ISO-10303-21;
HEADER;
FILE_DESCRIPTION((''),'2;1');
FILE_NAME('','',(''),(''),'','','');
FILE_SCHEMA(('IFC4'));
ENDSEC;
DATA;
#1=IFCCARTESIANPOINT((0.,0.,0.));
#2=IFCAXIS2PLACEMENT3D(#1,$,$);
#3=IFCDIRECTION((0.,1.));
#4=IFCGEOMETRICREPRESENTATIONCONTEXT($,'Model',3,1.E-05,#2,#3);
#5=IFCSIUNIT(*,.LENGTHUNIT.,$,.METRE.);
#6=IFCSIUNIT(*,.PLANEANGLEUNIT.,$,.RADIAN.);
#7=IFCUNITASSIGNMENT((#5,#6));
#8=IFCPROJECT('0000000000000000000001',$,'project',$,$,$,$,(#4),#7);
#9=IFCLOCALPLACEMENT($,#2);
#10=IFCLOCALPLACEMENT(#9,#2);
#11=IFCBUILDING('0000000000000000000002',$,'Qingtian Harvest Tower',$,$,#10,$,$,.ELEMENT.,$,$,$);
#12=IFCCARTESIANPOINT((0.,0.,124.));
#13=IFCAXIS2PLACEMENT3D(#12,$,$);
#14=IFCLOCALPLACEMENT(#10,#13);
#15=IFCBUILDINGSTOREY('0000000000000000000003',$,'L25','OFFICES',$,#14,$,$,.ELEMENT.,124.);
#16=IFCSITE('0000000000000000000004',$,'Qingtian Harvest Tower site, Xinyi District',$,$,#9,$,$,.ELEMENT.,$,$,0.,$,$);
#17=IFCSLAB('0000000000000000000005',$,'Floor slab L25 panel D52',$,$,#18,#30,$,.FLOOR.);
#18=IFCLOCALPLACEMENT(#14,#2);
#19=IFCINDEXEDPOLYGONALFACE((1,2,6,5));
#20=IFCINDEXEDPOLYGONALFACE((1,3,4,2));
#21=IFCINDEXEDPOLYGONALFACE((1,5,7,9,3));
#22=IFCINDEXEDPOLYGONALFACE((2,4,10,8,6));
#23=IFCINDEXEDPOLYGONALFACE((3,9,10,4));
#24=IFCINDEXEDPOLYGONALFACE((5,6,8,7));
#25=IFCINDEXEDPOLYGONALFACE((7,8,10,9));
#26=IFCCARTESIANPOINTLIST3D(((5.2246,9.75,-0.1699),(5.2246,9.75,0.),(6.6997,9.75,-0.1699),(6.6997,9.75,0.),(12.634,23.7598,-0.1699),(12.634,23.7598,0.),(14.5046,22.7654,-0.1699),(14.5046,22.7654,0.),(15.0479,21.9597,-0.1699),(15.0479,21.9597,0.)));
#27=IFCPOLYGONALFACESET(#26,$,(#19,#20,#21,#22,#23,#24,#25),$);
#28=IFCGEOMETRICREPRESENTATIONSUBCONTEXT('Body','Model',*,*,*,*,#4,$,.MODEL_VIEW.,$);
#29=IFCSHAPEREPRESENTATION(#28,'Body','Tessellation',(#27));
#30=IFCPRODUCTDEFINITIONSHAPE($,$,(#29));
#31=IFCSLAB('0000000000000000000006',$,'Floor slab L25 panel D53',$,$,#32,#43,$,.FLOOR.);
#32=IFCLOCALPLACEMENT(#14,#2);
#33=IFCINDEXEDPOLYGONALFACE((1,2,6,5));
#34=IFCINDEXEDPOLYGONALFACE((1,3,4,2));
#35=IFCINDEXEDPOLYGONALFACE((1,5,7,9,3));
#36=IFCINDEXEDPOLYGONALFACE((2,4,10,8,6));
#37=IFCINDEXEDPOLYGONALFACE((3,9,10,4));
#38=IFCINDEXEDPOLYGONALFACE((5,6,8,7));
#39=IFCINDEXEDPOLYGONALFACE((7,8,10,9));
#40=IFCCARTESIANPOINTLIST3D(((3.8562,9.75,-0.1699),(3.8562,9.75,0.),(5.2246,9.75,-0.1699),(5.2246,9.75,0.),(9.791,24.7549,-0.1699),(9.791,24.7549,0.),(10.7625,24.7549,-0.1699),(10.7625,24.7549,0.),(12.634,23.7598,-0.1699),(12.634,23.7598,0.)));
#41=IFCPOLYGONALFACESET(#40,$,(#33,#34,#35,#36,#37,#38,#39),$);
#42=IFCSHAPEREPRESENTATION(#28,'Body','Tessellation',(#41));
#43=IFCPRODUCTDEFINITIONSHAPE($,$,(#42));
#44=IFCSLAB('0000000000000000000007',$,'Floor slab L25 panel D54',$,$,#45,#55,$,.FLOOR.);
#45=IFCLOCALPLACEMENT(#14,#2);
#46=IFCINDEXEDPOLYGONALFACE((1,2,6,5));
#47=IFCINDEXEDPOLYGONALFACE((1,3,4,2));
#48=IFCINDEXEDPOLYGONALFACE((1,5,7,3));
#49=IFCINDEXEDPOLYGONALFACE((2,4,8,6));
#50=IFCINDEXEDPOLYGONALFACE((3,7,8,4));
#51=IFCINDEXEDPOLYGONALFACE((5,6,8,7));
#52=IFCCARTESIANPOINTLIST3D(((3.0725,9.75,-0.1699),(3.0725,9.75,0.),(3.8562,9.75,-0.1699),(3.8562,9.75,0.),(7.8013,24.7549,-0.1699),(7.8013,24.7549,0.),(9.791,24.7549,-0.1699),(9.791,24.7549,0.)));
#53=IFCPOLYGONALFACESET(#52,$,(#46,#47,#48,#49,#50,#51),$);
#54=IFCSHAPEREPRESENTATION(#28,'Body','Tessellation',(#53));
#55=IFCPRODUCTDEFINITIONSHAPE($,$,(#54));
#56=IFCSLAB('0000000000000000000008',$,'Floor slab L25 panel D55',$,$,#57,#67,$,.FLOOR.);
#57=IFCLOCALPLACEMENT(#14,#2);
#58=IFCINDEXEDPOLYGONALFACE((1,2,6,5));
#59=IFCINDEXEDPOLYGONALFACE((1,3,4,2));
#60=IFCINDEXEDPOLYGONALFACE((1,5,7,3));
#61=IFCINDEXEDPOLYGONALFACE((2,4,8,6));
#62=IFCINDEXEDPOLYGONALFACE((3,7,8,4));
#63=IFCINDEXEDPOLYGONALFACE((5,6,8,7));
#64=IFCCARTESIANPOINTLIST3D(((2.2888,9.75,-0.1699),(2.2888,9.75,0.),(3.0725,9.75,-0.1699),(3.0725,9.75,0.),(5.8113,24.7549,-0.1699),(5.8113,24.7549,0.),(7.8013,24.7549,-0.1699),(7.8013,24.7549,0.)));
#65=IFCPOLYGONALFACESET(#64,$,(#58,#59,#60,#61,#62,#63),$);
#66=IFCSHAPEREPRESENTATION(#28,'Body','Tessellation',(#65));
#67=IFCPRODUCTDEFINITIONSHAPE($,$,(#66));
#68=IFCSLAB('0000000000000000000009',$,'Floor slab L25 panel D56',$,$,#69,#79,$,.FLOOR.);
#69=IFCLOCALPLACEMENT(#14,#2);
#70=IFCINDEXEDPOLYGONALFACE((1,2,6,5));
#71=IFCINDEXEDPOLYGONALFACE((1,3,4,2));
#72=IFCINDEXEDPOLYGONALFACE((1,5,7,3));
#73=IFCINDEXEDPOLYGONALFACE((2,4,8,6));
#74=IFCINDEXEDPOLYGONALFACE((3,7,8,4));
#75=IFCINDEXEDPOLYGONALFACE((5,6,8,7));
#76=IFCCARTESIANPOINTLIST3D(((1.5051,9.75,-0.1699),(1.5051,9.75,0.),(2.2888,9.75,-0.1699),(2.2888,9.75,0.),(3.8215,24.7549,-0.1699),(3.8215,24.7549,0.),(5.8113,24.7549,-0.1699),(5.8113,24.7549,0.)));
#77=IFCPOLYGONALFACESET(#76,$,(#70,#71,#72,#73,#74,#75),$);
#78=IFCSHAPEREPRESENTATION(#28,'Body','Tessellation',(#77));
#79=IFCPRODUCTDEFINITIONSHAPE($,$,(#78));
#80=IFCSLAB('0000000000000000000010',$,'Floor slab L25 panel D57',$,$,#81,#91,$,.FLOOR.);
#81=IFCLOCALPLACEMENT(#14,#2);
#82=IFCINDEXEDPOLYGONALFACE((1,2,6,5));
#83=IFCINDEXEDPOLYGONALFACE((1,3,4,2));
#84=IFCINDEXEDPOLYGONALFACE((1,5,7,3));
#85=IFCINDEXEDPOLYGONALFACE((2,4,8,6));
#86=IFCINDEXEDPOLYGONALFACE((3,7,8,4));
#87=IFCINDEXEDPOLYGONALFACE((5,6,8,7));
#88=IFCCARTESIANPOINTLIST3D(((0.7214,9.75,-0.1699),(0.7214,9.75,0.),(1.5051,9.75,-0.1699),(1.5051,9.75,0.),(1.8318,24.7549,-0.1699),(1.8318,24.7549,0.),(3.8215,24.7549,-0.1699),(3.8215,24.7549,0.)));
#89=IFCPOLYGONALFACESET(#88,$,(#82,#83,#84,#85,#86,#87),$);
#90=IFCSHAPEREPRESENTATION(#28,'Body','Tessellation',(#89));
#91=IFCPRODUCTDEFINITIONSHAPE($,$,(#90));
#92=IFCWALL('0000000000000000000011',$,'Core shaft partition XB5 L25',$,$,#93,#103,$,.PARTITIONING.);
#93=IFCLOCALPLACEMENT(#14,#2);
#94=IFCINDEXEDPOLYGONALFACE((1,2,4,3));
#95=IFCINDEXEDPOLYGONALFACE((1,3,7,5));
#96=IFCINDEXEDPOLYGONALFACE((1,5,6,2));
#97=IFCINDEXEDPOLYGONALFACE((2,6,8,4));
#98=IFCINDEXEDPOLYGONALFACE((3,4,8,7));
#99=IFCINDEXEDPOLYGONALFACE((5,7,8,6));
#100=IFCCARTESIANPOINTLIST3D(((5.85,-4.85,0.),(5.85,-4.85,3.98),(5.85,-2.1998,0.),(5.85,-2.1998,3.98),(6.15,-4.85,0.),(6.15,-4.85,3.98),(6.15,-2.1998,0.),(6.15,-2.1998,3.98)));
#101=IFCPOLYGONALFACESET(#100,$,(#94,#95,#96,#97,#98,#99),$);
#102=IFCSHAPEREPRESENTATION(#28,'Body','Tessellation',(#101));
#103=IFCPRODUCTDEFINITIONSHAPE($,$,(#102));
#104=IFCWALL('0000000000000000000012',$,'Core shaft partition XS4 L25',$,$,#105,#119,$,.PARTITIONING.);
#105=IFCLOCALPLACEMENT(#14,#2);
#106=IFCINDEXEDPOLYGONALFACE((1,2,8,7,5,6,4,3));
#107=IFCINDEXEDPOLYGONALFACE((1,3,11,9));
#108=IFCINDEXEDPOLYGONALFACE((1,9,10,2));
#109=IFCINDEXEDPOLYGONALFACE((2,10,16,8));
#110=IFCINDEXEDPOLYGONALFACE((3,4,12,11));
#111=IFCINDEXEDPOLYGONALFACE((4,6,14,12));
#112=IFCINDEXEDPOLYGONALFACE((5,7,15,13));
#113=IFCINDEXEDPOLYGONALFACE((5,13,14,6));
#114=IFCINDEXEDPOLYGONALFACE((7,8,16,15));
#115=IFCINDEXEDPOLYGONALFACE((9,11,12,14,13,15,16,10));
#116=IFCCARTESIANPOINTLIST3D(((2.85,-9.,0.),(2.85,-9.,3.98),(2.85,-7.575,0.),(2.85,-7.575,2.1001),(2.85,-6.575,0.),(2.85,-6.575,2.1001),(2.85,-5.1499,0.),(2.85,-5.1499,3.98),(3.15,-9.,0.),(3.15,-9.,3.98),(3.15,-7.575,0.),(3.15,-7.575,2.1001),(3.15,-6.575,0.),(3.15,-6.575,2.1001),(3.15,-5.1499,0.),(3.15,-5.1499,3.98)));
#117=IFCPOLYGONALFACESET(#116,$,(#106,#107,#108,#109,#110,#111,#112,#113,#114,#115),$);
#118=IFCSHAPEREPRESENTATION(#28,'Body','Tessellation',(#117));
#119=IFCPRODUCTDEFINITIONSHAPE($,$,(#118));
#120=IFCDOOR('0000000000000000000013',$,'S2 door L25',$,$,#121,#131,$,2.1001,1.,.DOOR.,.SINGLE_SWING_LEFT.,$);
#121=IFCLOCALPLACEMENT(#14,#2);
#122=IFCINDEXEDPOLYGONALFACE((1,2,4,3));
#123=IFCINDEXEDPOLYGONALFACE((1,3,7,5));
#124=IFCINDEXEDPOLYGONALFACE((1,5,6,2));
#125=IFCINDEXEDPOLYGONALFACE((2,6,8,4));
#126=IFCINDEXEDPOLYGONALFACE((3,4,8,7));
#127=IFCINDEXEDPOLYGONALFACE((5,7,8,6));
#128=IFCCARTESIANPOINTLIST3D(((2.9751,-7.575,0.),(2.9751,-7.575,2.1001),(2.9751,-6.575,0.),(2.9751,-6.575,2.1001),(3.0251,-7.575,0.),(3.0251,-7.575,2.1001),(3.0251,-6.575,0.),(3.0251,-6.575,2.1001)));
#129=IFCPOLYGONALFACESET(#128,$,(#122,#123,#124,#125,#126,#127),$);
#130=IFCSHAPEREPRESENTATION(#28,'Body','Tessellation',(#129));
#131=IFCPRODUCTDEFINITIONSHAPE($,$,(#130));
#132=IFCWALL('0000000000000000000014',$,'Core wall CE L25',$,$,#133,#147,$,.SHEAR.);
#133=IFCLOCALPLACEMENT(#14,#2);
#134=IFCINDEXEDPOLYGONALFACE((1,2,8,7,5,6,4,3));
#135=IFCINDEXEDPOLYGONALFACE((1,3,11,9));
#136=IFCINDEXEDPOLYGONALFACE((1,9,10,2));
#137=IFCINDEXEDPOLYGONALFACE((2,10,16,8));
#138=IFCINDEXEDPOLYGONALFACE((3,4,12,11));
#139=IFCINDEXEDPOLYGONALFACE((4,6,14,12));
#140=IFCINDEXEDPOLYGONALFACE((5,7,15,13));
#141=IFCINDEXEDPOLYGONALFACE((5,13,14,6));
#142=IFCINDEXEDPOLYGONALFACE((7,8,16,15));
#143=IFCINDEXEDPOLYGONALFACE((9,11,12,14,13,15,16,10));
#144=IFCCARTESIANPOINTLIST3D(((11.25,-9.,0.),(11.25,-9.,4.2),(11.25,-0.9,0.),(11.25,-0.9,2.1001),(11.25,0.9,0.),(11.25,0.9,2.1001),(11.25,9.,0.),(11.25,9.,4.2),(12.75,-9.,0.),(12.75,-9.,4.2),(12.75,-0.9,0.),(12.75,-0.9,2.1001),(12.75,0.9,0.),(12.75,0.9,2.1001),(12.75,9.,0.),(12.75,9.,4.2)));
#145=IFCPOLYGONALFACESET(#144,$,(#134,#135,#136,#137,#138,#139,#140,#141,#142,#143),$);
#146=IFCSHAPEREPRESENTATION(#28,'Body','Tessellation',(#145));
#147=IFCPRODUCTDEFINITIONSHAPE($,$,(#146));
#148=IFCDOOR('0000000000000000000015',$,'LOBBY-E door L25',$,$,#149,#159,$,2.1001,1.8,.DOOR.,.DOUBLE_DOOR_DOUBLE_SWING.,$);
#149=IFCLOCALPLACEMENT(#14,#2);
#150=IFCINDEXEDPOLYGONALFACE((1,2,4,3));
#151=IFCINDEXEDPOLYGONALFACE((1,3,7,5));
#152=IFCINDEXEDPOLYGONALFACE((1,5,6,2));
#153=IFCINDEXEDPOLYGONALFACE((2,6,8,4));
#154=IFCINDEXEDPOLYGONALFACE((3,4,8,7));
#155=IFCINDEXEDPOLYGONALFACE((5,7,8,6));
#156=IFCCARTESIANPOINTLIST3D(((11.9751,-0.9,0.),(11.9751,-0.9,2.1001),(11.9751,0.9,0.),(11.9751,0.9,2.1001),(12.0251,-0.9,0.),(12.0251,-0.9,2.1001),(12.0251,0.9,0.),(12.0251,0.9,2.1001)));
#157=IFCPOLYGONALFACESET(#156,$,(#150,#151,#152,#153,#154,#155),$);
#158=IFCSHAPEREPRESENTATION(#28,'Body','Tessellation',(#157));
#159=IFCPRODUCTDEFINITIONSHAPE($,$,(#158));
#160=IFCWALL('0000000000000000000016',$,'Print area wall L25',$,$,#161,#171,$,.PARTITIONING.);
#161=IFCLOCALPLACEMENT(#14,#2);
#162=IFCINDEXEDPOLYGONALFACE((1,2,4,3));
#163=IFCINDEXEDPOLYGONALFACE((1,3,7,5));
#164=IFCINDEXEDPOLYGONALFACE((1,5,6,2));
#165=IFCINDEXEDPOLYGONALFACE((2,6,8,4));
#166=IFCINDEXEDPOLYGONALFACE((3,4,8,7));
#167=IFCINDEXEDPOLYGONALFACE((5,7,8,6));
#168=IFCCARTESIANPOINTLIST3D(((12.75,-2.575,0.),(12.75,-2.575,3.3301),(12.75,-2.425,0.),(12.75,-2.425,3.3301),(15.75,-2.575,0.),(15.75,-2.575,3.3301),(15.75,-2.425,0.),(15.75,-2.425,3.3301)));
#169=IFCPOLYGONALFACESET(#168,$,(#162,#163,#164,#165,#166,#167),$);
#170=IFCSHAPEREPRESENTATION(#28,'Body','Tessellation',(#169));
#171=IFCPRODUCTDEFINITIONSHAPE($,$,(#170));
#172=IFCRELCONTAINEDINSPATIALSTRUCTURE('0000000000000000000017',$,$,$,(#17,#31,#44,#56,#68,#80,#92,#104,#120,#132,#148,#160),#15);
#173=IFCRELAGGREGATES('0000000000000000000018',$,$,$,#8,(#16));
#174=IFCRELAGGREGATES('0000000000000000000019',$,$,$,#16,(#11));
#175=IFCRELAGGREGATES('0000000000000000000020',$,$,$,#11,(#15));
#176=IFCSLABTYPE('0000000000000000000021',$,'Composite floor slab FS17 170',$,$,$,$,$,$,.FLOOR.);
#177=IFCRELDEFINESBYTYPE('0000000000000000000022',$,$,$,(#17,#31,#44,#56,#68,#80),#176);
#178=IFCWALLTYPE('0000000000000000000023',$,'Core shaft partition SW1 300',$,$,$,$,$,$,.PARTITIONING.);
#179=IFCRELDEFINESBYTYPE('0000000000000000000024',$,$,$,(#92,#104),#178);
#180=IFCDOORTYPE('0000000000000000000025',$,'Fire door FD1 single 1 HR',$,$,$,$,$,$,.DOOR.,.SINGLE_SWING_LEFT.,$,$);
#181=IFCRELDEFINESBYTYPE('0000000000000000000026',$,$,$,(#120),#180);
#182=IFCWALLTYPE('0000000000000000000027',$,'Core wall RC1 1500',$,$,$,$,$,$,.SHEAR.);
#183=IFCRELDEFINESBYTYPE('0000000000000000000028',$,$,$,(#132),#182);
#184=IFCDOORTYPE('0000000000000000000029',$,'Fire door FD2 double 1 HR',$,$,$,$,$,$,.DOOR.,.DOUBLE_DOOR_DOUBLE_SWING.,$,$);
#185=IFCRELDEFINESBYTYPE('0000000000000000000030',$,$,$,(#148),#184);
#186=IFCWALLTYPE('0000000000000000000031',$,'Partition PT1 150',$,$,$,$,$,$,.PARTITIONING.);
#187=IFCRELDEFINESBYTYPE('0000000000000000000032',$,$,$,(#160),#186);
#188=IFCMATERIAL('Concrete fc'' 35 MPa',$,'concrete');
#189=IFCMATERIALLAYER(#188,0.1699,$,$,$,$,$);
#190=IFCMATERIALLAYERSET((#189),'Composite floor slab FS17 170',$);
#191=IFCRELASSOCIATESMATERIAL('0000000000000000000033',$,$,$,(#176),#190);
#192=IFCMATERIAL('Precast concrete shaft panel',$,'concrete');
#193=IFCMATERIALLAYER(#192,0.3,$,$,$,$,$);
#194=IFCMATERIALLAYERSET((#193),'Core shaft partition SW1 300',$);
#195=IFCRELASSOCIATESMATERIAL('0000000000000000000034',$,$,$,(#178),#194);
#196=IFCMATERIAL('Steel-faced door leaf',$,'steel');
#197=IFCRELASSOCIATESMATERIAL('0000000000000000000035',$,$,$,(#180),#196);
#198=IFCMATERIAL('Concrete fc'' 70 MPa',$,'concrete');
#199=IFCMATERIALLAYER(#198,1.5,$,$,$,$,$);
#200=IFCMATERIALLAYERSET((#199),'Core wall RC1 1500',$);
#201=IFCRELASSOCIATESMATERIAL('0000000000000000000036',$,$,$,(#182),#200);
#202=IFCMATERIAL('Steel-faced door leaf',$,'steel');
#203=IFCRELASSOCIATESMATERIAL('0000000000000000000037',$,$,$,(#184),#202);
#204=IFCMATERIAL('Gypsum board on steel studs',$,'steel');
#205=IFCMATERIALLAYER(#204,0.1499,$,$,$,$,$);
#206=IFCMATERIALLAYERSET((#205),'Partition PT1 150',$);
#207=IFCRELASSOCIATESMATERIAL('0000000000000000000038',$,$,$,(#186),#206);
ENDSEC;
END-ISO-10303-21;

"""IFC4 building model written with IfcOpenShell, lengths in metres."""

from ifc_helpers import new_model, si_unit, direction, frame, frame_2d, origin, place, context, subcontext, project, spatial, polyline, rectangle, outline, extrude, material, layer, layer_set, type_object, element, fill, save


model = new_model("IFC4")

# Units and contexts
model_context = context("Model", 3, precision=1e-05, world=origin(), true_north=direction((0.0, 1.0)))
body_context = subcontext(model_context, "Body", "Model", "MODEL_VIEW")
ifc_project = project(units=[si_unit("LENGTHUNIT", "METRE"), si_unit("PLANEANGLEUNIT", "RADIAN")], contexts=[model_context])

# Site, building, storey
site_placement = place(None, origin())
site = spatial("IfcSite", under=ifc_project, at=site_placement, Name="Qingtian Harvest Tower site, Xinyi District", CompositionType="ELEMENT", RefElevation=0.0)
building_placement = place(site_placement, origin())
building = spatial("IfcBuilding", under=site, at=building_placement, Name="Qingtian Harvest Tower", CompositionType="ELEMENT")
storey_placement = place(building_placement, frame((0.0, 0.0, 124.0)))
storey = spatial("IfcBuildingStorey", under=building, at=storey_placement, Name="L25", Description="OFFICES", CompositionType="ELEMENT", Elevation=124.0)

# Slabs
ifc_material_1 = material(Name="Concrete fc' 35 MPa", Category="concrete")
ifc_layer_1 = layer(ifc_material_1, 0.1699)
ifc_layer_set_1 = layer_set([ifc_layer_1], Name="Composite floor slab FS17 170")
slab_type = type_object("IfcSlabType", Name="Composite floor slab FS17 170", PredefinedType="FLOOR", material=ifc_layer_set_1)
slab_1_placement = place(storey_placement, frame((0.0, 0.0, -0.1699)))
element("IfcSlab", 1, at=slab_1_placement, inside=storey, type_object=slab_type, Name="Floor slab L25 panel D52", PredefinedType="FLOOR", context=body_context, shape_type="SweptSolid", body=[
    extrude(outline(polyline([(6.6997, 9.75), (5.2246, 9.75), (12.634, 23.7598), (14.5046, 22.7654), (15.0479, 21.9597), (6.6997, 9.75)])), origin(), (0.0, 0.0, 1.0), 0.1699),
])
slab_2_placement = place(storey_placement, frame((0.0, 0.0, -0.1699)))
element("IfcSlab", 2, at=slab_2_placement, inside=storey, type_object=slab_type, Name="Floor slab L25 panel D53", PredefinedType="FLOOR", context=body_context, shape_type="SweptSolid", body=[
    extrude(outline(polyline([(3.8562, 9.75), (9.791, 24.7549), (10.7625, 24.7549), (12.634, 23.7598), (5.2246, 9.75), (3.8562, 9.75)])), origin(), (0.0, 0.0, 1.0), 0.1699),
])
slab_3_placement = place(storey_placement, frame((0.0, 0.0, -0.1699)))
element("IfcSlab", 3, at=slab_3_placement, inside=storey, type_object=slab_type, Name="Floor slab L25 panel D54", PredefinedType="FLOOR", context=body_context, shape_type="SweptSolid", body=[
    extrude(outline(polyline([(3.0725, 9.75), (7.8013, 24.7549), (9.791, 24.7549), (3.8562, 9.75), (3.0725, 9.75)])), origin(), (0.0, 0.0, 1.0), 0.1699),
])
slab_4_placement = place(storey_placement, frame((0.0, 0.0, -0.1699)))
element("IfcSlab", 4, at=slab_4_placement, inside=storey, type_object=slab_type, Name="Floor slab L25 panel D55", PredefinedType="FLOOR", context=body_context, shape_type="SweptSolid", body=[
    extrude(outline(polyline([(2.2888, 9.75), (5.8113, 24.7549), (7.8013, 24.7549), (3.0725, 9.75), (2.2888, 9.75)])), origin(), (0.0, 0.0, 1.0), 0.1699),
])
slab_5_placement = place(storey_placement, frame((0.0, 0.0, -0.1699)))
element("IfcSlab", 5, at=slab_5_placement, inside=storey, type_object=slab_type, Name="Floor slab L25 panel D56", PredefinedType="FLOOR", context=body_context, shape_type="SweptSolid", body=[
    extrude(outline(polyline([(1.5051, 9.75), (3.8215, 24.7549), (5.8113, 24.7549), (2.2888, 9.75), (1.5051, 9.75)])), origin(), (0.0, 0.0, 1.0), 0.1699),
])
slab_6_placement = place(storey_placement, frame((0.0, 0.0, -0.1699)))
element("IfcSlab", 6, at=slab_6_placement, inside=storey, type_object=slab_type, Name="Floor slab L25 panel D57", PredefinedType="FLOOR", context=body_context, shape_type="SweptSolid", body=[
    extrude(outline(polyline([(0.7214, 9.75), (1.8318, 24.7549), (3.8215, 24.7549), (1.5051, 9.75), (0.7214, 9.75)])), origin(), (0.0, 0.0, 1.0), 0.1699),
])

# Wall
ifc_material_2 = material(Name="Precast concrete shaft panel", Category="concrete")
ifc_layer_2 = layer(ifc_material_2, 0.3)
ifc_layer_set_2 = layer_set([ifc_layer_2], Name="Core shaft partition SW1 300")
wall_type_1 = type_object("IfcWallType", Name="Core shaft partition SW1 300", PredefinedType="PARTITIONING", material=ifc_layer_set_2)
wall_1_placement = place(storey_placement, frame((6.0, -4.8501, 0.0), z_axis=(0.0, 0.0, 1.0), x_axis=(0.0, 1.0, 0.0)))
element("IfcWall", 7, at=wall_1_placement, inside=storey, type_object=wall_type_1, Name="Core shaft partition XB5 L25", PredefinedType="PARTITIONING", context=body_context, shape_type="SweptSolid", body=[
    extrude(rectangle(XDim=2.6501, YDim=0.3, at=frame_2d((1.3252, 0.0))), origin(), (0.0, 0.0, 1.0), 3.98),
])

# Walls, openings, doors
wall_2_placement = place(storey_placement, frame((3.0, -9.0, 0.0), z_axis=(0.0, 0.0, 1.0), x_axis=(0.0, 1.0, 0.0)))
wall_2 = element("IfcWall", 8, at=wall_2_placement, inside=storey, type_object=wall_type_1, Name="Core shaft partition XS4 L25", PredefinedType="PARTITIONING", context=body_context, shape_type="SweptSolid", body=[
    extrude(rectangle(XDim=3.8501, YDim=0.3, at=frame_2d((1.925, 0.0))), origin(), (0.0, 0.0, 1.0), 3.98),
])
opening_1_placement = place(wall_2_placement, frame((1.425, 0.0, 0.0)))
opening_1 = element("IfcOpeningElement", 9, at=opening_1_placement, cuts=wall_2, PredefinedType="OPENING", context=body_context, shape_type="SweptSolid", body=[
    extrude(rectangle(XDim=1.0, YDim=2.1001, at=frame_2d((0.5, 1.05))), frame((0.0, 0.1599, 0.0), z_axis=(0.0, -1.0, 0.0), x_axis=(1.0, 0.0, 0.0)), (0.0, 0.0, 1.0), 0.3201),
])
ifc_material_3 = material(Name="Steel-faced door leaf", Category="steel")
door_type_1 = type_object("IfcDoorType", Name="Fire door FD1 single 1 HR", OperationType="SINGLE_SWING_LEFT", PredefinedType="DOOR", material=ifc_material_3)
door_1_placement = place(opening_1_placement, origin())
door_1 = element("IfcDoor", 10, at=door_1_placement, inside=storey, type_object=door_type_1, Name="S2 door L25", OperationType="SINGLE_SWING_LEFT", OverallHeight=2.1001, OverallWidth=1.0, PredefinedType="DOOR", context=body_context, shape_type="SweptSolid", body=[
    extrude(rectangle(XDim=1.0, YDim=2.1001, at=frame_2d((0.5, 1.05))), frame((0.0, 0.0249, 0.0), z_axis=(0.0, -1.0, 0.0), x_axis=(1.0, 0.0, 0.0)), (0.0, 0.0, 1.0), 0.05),
])
fill(opening_1, door_1)
ifc_material_4 = material(Name="Concrete fc' 70 MPa", Category="concrete")
ifc_layer_3 = layer(ifc_material_4, 1.5)
ifc_layer_set_3 = layer_set([ifc_layer_3], Name="Core wall RC1 1500")
wall_type_2 = type_object("IfcWallType", Name="Core wall RC1 1500", PredefinedType="SHEAR", material=ifc_layer_set_3)
wall_3_placement = place(storey_placement, frame((12.0, -9.0, 0.0), z_axis=(0.0, 0.0, 1.0), x_axis=(0.0, 1.0, 0.0)))
wall_3 = element("IfcWall", 11, at=wall_3_placement, inside=storey, type_object=wall_type_2, Name="Core wall CE L25", PredefinedType="SHEAR", context=body_context, shape_type="SweptSolid", body=[
    extrude(rectangle(XDim=18.0, YDim=1.5, at=frame_2d((9.0, 0.0))), origin(), (0.0, 0.0, 1.0), 4.2),
])
opening_2_placement = place(wall_3_placement, frame((8.1001, 0.0, 0.0)))
opening_2 = element("IfcOpeningElement", 12, at=opening_2_placement, cuts=wall_3, PredefinedType="OPENING", context=body_context, shape_type="SweptSolid", body=[
    extrude(rectangle(XDim=1.8, YDim=2.1001, at=frame_2d((0.8999, 1.05))), frame((0.0, 0.76, 0.0), z_axis=(0.0, -1.0, 0.0), x_axis=(1.0, 0.0, 0.0)), (0.0, 0.0, 1.0), 1.52),
])
ifc_material_5 = material(Name="Steel-faced door leaf", Category="steel")
door_type_2 = type_object("IfcDoorType", Name="Fire door FD2 double 1 HR", OperationType="DOUBLE_DOOR_DOUBLE_SWING", PredefinedType="DOOR", material=ifc_material_5)
door_2_placement = place(opening_2_placement, origin())
door_2 = element("IfcDoor", 13, at=door_2_placement, inside=storey, type_object=door_type_2, Name="LOBBY-E door L25", OperationType="DOUBLE_DOOR_DOUBLE_SWING", OverallHeight=2.1001, OverallWidth=1.8, PredefinedType="DOOR", context=body_context, shape_type="SweptSolid", body=[
    extrude(rectangle(XDim=1.8, YDim=2.1001, at=frame_2d((0.8999, 1.05))), frame((0.0, 0.0249, 0.0), z_axis=(0.0, -1.0, 0.0), x_axis=(1.0, 0.0, 0.0)), (0.0, 0.0, 1.0), 0.05),
])
fill(opening_2, door_2)

# Wall
ifc_material_6 = material(Name="Gypsum board on steel studs", Category="steel")
ifc_layer_4 = layer(ifc_material_6, 0.1499)
ifc_layer_set_4 = layer_set([ifc_layer_4], Name="Partition PT1 150")
wall_type_3 = type_object("IfcWallType", Name="Partition PT1 150", PredefinedType="PARTITIONING", material=ifc_layer_set_4)
wall_4_placement = place(storey_placement, frame((12.75, -2.5, 0.0), z_axis=(0.0, 0.0, 1.0), x_axis=(1.0, 0.0, 0.0)))
element("IfcWall", 14, at=wall_4_placement, inside=storey, type_object=wall_type_3, Name="Print area wall L25", PredefinedType="PARTITIONING", context=body_context, shape_type="SweptSolid", body=[
    extrude(rectangle(XDim=3.0, YDim=0.1499, at=frame_2d((1.5, 0.0))), origin(), (0.0, 0.0, 1.0), 3.3301),
])

save(model, "model.ifc")
